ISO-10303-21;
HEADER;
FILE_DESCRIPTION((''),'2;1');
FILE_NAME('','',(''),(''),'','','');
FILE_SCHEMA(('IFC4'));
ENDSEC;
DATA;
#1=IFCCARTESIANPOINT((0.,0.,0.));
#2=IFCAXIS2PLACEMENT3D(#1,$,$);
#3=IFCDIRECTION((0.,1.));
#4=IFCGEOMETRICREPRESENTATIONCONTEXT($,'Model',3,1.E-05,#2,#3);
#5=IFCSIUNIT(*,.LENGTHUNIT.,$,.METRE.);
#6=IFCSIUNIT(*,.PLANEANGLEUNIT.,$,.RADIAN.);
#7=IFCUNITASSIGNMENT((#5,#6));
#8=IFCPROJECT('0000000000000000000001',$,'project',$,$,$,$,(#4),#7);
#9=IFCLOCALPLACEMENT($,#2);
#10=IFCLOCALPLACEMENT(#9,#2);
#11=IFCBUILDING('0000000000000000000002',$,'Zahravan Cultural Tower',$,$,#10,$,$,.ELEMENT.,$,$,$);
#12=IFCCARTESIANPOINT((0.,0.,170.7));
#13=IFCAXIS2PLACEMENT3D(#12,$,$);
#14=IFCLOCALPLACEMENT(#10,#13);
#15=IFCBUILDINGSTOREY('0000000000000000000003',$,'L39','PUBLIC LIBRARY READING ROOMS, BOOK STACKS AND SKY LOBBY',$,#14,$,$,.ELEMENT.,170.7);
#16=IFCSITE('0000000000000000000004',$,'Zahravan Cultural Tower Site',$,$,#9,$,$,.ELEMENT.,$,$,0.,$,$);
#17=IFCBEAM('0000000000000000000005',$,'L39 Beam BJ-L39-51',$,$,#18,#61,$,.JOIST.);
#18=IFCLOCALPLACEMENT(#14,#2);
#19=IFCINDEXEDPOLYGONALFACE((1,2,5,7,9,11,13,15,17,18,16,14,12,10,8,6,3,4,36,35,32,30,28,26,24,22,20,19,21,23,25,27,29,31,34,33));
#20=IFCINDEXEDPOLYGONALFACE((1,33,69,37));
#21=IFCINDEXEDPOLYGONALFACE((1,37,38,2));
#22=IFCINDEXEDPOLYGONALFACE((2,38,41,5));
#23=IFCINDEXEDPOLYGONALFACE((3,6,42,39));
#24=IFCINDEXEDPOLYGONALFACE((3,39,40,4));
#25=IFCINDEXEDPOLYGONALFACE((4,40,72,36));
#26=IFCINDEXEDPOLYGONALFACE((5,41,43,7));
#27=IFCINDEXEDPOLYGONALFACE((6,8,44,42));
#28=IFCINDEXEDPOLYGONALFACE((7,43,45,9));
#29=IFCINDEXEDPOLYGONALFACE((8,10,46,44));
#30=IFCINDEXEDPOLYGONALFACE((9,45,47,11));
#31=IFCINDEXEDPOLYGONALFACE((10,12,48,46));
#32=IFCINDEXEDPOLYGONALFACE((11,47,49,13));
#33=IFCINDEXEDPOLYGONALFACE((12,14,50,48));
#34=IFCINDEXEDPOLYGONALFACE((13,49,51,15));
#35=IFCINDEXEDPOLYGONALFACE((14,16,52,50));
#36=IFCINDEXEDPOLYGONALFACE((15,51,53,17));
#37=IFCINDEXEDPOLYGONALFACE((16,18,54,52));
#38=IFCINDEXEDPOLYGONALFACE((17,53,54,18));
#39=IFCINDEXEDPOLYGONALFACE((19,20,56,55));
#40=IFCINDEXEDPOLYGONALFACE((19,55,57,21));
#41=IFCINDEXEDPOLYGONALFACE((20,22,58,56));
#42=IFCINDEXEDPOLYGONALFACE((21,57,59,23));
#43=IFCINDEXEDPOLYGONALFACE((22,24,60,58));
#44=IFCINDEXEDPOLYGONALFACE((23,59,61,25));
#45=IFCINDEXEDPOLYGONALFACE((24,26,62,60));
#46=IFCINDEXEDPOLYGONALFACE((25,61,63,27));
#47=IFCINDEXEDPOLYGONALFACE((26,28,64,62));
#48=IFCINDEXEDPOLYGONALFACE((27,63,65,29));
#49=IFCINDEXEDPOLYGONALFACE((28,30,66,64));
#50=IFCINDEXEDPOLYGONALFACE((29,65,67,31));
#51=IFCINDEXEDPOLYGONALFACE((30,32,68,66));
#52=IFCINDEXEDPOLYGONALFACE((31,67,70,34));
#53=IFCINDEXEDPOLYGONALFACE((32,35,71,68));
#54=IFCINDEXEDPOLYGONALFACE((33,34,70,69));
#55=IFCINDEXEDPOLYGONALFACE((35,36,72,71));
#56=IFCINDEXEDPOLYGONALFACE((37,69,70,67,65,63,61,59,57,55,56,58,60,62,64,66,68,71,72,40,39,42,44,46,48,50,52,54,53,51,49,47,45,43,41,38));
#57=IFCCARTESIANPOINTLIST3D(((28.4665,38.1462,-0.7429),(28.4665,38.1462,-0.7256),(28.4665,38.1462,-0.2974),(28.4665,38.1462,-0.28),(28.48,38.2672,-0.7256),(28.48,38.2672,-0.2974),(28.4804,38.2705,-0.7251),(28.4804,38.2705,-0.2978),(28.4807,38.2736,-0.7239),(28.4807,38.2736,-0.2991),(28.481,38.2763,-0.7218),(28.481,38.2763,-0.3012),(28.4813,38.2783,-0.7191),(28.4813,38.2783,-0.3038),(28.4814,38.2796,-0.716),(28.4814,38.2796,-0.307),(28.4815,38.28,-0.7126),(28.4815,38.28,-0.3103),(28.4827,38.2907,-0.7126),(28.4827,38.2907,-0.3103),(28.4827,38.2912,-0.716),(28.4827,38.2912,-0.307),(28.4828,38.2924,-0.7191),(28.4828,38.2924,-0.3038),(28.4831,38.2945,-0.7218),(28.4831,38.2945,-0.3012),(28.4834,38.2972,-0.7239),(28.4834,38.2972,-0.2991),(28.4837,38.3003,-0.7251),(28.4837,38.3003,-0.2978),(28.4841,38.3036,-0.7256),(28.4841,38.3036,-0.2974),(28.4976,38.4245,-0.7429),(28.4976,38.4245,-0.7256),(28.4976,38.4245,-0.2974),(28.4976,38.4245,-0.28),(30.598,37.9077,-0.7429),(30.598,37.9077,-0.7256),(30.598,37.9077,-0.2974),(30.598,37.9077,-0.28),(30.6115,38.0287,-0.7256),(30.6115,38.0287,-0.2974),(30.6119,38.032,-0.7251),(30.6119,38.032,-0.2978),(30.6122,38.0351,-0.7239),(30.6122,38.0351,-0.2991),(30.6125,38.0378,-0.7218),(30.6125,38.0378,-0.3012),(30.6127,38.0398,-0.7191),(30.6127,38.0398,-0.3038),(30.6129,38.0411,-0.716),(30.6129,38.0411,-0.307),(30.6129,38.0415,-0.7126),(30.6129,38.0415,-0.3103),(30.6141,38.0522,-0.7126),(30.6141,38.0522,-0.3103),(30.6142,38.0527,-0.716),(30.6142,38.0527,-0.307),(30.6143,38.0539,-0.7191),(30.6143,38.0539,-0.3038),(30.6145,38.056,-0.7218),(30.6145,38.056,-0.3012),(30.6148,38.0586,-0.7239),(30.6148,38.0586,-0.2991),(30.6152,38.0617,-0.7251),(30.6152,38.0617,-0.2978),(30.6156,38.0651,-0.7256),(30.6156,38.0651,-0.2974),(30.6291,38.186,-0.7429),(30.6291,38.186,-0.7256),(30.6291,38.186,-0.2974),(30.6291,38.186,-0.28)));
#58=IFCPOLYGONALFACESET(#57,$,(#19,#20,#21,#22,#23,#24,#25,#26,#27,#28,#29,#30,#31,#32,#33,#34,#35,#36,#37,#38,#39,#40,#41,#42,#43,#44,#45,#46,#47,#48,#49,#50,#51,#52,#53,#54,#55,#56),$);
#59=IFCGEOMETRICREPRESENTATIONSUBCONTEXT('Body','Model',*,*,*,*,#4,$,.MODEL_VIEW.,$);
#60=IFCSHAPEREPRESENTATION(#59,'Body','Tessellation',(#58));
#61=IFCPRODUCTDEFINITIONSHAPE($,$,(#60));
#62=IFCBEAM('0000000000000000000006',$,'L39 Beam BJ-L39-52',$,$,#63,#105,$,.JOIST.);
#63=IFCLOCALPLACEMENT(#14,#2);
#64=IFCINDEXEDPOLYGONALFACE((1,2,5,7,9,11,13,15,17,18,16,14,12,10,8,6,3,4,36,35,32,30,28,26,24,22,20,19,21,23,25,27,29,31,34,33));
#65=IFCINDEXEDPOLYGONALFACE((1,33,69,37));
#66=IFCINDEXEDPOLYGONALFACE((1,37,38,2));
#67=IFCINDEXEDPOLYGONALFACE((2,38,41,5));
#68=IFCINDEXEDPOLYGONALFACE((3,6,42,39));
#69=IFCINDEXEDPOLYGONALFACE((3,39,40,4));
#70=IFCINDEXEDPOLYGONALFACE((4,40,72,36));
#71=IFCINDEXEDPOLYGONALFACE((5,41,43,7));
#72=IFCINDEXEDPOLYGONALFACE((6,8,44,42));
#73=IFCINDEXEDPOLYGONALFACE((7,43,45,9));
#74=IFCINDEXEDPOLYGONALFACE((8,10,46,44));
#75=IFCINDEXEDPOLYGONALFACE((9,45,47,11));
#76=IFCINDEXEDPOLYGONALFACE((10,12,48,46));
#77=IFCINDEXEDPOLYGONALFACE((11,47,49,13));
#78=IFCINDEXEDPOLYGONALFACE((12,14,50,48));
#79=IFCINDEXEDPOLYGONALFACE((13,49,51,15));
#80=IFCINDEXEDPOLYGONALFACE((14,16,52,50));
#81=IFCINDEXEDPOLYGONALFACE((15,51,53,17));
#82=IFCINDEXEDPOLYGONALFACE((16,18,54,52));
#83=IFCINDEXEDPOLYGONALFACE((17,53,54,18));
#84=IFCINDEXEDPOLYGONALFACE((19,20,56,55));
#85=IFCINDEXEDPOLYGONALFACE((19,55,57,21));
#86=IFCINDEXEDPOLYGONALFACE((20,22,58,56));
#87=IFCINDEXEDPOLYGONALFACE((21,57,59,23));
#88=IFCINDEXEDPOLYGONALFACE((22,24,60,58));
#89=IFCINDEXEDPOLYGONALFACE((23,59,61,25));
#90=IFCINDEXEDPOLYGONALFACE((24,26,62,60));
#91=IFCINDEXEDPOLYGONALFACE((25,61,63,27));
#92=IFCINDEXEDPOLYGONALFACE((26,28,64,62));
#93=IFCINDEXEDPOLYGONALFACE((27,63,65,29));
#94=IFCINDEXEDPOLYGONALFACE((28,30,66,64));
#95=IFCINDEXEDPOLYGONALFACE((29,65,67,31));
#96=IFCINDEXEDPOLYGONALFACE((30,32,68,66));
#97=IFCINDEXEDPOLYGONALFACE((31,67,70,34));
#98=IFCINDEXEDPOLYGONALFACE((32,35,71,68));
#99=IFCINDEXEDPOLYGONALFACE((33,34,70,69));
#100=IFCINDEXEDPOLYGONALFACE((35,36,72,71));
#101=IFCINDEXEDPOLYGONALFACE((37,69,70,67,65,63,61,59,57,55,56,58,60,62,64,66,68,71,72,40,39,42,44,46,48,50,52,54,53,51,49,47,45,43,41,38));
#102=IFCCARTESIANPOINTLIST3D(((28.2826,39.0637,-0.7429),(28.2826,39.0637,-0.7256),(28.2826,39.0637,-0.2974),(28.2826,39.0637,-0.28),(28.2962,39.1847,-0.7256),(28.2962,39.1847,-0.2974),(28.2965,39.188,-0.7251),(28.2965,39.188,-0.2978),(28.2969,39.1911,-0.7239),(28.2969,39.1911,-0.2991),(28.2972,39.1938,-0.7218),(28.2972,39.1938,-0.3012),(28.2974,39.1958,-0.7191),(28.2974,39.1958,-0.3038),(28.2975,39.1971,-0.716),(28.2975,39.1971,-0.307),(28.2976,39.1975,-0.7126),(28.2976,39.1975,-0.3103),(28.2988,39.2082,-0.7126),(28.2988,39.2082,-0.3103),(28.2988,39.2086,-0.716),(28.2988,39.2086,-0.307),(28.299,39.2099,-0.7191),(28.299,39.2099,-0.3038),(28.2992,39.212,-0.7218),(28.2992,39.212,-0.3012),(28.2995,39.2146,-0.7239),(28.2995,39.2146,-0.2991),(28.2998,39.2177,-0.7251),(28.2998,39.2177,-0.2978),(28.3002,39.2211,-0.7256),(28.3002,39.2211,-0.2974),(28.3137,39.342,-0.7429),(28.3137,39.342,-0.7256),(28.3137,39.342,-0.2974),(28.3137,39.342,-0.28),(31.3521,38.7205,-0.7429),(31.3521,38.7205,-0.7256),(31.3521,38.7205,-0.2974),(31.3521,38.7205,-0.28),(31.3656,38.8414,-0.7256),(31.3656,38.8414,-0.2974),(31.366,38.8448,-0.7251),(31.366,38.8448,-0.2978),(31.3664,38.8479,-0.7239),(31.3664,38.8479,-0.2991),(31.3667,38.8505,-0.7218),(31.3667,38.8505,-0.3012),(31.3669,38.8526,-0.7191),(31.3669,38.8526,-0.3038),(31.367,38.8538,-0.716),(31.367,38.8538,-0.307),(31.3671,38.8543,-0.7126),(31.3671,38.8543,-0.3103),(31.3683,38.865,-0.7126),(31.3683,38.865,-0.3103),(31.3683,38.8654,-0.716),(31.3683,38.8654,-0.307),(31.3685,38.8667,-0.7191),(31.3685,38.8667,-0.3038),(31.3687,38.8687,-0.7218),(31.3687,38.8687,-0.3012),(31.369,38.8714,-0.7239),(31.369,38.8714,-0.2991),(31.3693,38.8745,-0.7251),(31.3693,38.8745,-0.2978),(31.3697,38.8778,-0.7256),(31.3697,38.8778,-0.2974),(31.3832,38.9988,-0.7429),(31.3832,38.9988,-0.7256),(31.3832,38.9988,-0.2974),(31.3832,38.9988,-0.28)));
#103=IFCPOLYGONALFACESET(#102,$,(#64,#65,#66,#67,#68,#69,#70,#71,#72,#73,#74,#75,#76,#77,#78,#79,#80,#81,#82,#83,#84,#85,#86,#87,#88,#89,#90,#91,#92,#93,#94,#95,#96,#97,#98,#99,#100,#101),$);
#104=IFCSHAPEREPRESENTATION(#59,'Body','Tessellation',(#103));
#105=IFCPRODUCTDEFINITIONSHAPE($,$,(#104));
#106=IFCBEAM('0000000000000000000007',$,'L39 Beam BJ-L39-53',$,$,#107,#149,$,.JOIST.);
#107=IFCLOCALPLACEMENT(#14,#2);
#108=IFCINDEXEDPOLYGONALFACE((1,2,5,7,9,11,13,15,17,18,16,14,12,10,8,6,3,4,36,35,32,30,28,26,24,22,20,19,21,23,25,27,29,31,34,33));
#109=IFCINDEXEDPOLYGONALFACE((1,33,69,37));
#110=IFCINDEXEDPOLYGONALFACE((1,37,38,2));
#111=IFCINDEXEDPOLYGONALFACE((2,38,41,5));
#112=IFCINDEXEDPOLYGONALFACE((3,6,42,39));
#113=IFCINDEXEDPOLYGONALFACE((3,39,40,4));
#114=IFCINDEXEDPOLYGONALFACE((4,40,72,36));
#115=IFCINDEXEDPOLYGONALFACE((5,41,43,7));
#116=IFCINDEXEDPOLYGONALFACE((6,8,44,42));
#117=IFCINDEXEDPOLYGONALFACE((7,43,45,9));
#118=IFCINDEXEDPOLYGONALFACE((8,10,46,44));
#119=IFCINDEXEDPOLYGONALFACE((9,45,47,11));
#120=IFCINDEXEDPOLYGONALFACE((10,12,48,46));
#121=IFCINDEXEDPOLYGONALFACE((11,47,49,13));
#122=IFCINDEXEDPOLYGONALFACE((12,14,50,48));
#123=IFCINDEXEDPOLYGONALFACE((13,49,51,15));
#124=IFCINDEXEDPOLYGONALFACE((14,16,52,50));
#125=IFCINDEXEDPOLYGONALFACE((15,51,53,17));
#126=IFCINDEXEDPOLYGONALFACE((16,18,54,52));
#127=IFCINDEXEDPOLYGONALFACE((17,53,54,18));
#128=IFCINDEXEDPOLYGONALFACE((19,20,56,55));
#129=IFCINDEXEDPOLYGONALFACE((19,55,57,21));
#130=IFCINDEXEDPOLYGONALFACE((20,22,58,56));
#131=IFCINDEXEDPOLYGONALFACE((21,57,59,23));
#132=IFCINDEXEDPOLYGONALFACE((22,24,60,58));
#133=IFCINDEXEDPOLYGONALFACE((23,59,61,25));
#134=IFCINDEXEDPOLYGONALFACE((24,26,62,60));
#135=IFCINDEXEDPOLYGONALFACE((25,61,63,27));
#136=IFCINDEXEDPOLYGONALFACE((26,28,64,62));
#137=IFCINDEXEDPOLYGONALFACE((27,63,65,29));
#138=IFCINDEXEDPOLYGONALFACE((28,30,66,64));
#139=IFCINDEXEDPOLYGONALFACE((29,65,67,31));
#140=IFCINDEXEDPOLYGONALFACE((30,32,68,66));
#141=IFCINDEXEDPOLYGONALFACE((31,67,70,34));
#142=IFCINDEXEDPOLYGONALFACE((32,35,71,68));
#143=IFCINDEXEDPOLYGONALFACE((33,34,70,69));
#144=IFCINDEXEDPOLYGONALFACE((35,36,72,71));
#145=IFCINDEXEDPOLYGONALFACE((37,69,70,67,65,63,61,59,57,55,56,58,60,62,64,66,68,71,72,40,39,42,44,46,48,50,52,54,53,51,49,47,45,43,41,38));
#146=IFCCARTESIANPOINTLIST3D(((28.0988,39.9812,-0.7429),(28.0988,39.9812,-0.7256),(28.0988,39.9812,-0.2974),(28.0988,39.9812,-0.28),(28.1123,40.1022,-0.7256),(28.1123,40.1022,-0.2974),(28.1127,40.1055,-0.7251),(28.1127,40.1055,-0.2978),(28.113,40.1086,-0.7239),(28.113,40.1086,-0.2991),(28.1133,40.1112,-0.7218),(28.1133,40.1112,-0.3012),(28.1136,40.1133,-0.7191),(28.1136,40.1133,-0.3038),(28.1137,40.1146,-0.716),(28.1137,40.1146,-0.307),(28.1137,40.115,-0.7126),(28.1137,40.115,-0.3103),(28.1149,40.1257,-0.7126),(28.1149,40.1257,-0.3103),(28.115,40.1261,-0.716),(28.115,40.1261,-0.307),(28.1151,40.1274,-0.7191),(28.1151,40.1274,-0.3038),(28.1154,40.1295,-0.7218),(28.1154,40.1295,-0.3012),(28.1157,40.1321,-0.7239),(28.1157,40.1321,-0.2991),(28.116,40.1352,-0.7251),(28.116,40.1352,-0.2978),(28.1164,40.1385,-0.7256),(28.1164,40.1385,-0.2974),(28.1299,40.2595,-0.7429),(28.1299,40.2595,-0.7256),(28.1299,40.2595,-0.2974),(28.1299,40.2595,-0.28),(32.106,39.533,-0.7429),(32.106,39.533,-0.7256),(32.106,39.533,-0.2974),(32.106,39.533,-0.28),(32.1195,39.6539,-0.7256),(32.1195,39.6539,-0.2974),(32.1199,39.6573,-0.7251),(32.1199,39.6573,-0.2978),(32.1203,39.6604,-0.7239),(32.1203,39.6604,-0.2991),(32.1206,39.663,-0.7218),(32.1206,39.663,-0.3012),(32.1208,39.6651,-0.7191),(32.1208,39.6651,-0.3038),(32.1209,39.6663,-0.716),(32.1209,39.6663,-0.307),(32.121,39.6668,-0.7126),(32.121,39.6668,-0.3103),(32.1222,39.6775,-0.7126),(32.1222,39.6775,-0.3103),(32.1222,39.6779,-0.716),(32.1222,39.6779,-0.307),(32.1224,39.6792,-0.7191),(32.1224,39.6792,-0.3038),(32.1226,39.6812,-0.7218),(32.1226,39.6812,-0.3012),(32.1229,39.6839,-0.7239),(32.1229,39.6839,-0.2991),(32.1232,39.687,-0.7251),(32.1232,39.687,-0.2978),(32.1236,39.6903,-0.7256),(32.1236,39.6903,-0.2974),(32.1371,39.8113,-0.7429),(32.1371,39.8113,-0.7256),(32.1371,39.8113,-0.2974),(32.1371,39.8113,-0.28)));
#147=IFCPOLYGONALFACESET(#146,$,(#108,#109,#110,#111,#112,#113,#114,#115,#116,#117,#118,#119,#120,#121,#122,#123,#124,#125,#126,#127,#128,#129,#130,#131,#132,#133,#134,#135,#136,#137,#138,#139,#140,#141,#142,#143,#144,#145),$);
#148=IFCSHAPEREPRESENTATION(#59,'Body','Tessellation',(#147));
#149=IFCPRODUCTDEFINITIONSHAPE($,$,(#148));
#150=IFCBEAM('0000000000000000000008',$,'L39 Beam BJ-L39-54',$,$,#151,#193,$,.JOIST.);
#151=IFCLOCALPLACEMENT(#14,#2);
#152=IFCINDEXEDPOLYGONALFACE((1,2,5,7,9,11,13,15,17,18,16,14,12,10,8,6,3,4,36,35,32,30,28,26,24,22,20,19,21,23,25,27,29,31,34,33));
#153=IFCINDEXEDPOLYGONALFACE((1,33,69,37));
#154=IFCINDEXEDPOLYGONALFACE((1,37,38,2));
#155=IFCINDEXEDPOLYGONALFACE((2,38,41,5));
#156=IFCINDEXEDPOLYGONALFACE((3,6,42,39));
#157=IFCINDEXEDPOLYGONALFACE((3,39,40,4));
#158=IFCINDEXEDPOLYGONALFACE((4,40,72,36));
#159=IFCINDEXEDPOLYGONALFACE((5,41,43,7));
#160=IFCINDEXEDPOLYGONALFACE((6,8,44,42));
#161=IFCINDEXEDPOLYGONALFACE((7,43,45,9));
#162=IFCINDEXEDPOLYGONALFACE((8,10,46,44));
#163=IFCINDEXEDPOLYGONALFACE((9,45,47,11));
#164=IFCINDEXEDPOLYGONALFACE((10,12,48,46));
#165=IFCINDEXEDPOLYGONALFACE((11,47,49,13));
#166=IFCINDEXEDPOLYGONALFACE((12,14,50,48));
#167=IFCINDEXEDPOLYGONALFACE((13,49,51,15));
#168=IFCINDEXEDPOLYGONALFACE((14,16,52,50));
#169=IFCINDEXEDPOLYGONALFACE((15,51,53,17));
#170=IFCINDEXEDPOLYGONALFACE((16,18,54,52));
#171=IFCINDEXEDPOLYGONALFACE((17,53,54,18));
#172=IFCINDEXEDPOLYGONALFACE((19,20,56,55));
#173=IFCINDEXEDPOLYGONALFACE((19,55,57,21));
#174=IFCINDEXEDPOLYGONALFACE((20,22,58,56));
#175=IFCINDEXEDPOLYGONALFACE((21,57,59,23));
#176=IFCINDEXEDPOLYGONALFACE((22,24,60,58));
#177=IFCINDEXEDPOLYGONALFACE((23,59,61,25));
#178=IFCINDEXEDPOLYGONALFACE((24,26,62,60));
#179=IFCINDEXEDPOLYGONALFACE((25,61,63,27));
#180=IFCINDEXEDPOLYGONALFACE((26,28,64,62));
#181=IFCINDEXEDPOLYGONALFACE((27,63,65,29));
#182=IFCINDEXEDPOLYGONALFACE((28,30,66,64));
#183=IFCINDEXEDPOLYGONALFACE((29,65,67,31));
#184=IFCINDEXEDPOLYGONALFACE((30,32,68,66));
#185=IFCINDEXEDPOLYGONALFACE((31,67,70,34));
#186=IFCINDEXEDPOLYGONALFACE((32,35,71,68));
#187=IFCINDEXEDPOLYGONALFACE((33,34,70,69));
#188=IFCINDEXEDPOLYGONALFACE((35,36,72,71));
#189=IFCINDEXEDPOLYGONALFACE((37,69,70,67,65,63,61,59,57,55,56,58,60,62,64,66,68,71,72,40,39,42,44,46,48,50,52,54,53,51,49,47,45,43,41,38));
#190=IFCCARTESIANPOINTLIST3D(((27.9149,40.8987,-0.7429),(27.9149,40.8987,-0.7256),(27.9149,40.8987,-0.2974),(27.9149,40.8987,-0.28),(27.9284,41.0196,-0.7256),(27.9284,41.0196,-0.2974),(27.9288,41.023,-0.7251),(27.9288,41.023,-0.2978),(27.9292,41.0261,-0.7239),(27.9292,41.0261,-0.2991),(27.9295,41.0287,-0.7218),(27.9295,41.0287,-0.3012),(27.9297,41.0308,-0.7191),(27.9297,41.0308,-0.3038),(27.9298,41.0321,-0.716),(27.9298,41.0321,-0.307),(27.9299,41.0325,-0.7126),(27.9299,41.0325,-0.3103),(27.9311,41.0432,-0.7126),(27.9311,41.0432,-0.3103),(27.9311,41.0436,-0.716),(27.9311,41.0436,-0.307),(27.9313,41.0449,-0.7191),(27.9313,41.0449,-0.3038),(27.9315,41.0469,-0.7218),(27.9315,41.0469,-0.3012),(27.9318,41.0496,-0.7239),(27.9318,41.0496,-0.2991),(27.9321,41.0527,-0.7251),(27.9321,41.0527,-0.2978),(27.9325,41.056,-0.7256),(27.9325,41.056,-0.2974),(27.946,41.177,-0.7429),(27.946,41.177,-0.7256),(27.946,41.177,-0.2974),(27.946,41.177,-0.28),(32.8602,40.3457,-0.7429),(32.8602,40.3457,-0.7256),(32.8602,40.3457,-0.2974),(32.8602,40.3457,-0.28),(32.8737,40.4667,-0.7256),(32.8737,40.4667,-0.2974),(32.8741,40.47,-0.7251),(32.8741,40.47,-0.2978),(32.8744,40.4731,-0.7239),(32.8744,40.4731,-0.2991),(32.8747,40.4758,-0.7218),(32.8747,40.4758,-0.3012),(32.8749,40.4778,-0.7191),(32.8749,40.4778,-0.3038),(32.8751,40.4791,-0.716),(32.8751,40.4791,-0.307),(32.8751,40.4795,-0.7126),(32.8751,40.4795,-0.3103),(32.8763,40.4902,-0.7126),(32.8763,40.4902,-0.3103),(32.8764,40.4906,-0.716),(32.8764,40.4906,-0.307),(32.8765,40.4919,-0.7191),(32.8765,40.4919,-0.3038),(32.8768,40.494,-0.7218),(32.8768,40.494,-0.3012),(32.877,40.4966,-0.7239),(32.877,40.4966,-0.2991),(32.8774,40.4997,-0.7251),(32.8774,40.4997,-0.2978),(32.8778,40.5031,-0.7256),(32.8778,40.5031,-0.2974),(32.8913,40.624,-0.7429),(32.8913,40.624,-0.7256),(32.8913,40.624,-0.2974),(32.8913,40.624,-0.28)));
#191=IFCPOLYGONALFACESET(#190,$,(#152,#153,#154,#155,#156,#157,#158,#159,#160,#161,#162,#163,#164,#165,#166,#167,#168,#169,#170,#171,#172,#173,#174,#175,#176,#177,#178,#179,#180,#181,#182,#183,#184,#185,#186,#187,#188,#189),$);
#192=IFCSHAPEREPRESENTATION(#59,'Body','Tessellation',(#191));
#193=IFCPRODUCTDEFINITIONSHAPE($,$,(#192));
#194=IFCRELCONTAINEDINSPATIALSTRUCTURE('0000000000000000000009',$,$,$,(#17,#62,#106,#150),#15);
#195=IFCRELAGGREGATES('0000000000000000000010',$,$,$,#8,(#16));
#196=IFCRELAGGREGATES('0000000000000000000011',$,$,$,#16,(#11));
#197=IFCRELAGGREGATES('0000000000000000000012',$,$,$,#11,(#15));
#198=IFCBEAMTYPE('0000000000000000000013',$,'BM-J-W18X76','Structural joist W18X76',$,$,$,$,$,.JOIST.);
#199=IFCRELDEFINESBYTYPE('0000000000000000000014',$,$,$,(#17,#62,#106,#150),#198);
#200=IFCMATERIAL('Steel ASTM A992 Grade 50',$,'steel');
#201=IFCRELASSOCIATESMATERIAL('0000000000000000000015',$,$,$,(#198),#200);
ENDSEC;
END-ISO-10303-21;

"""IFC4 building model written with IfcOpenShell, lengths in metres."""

from ifc_helpers import new_model, si_unit, direction, frame, origin, origin_2d, place, context, subcontext, project, spatial, i_section, extrude, source, transform, mapped, material, material_profile, profile_set, type_object, element, save


model = new_model("IFC4")

# Units and contexts
model_context = context("Model", 3, precision=1e-05, world=origin(), true_north=direction((0.0, 1.0)))
body_context = subcontext(model_context, "Body", "Model", "MODEL_VIEW")
ifc_project = project(units=[si_unit("LENGTHUNIT", "METRE"), si_unit("PLANEANGLEUNIT", "RADIAN")], contexts=[model_context])

# Site, building, storey
site_placement = place(None, origin())
site = spatial("IfcSite", under=ifc_project, at=site_placement, Name="Zahravan Cultural Tower Site", CompositionType="ELEMENT", RefElevation=0.0)
building_placement = place(site_placement, origin())
building = spatial("IfcBuilding", under=site, at=building_placement, Name="Zahravan Cultural Tower", CompositionType="ELEMENT")
storey_placement = place(building_placement, frame((0.0, 0.0, 170.7)))
storey = spatial("IfcBuildingStorey", under=building, at=storey_placement, Name="L39", Description="PUBLIC LIBRARY READING ROOMS, BOOK STACKS AND SKY LOBBY", CompositionType="ELEMENT", Elevation=170.7)

# Shared definitions
ifc_material_1 = material(Name="Steel ASTM A992 Grade 50", Category="steel")

# Beams
ifc_material_profile_1 = material_profile(ifc_material_1, i_section(OverallWidth=0.28, OverallDepth=0.4629, WebThickness=0.0107, FlangeThickness=0.0173, FilletRadius=0.0129, at=origin_2d()), Name="W18X76")
ifc_profile_set_1 = profile_set([ifc_material_profile_1], Name="Steel ASTM A992 Grade 50")
beam_type_1 = type_object("IfcBeamType", Name="BM-J-W18X76", Description="Structural joist W18X76", PredefinedType="JOIST", material=ifc_profile_set_1)
shared_shape_1 = source(origin(), body_context, "Body", "SweptSolid", [
    extrude(i_section(OverallWidth=0.28, OverallDepth=0.4629, WebThickness=0.0107, FlangeThickness=0.0173, FilletRadius=0.0129, at=origin_2d()), origin(), (0.0, 0.0, 1.0), 2.1448),
])
beam_1_placement = place(storey_placement, frame((30.6135, 38.0469, -0.5115), z_axis=(-0.993797, 0.111206, 0.0), x_axis=(-0.111206, -0.993797, 0.0)))
element("IfcBeam", 1, at=beam_1_placement, inside=storey, type_object=beam_type_1, Name="L39 Beam BJ-L39-51", PredefinedType="JOIST", context=body_context, shape_type="MappedRepresentation", body=[
    mapped(shared_shape_1, transform((0.0, 0.0, 0.0), x_axis=(1.0, 0.0, 0.0), y_axis=(0.0, 1.0, 0.0), z_axis=(0.0, 0.0, 1.0), scale=1.0)),
])
shared_shape_2 = source(origin(), body_context, "Body", "SweptSolid", [
    extrude(i_section(OverallWidth=0.28, OverallDepth=0.4629, WebThickness=0.0107, FlangeThickness=0.0173, FilletRadius=0.0129, at=origin_2d()), origin(), (0.0, 0.0, 1.0), 3.0886),
])
beam_2_placement = place(storey_placement, frame((31.3677, 38.8596, -0.5115), z_axis=(-0.993805, 0.111134, 0.0), x_axis=(-0.111134, -0.993805, 0.0)))
element("IfcBeam", 2, at=beam_2_placement, inside=storey, type_object=beam_type_1, Name="L39 Beam BJ-L39-52", PredefinedType="JOIST", context=body_context, shape_type="MappedRepresentation", body=[
    mapped(shared_shape_2, transform((0.0, 0.0, 0.0), x_axis=(1.0, 0.0, 0.0), y_axis=(0.0, 1.0, 0.0), z_axis=(0.0, 0.0, 1.0), scale=1.0)),
])
shared_shape_3 = source(origin(), body_context, "Body", "SweptSolid", [
    extrude(i_section(OverallWidth=0.28, OverallDepth=0.4629, WebThickness=0.0107, FlangeThickness=0.0173, FilletRadius=0.0129, at=origin_2d()), origin(), (0.0, 0.0, 1.0), 4.0322),
])
beam_3_placement = place(storey_placement, frame((32.1216, 39.6721, -0.5115), z_axis=(-0.993802, 0.111162, 0.0), x_axis=(-0.111162, -0.993802, 0.0)))
element("IfcBeam", 3, at=beam_3_placement, inside=storey, type_object=beam_type_1, Name="L39 Beam BJ-L39-53", PredefinedType="JOIST", context=body_context, shape_type="MappedRepresentation", body=[
    mapped(shared_shape_3, transform((0.0, 0.0, 0.0), x_axis=(1.0, 0.0, 0.0), y_axis=(0.0, 1.0, 0.0), z_axis=(0.0, 0.0, 1.0), scale=1.0)),
])
shared_shape_4 = source(origin(), body_context, "Body", "SweptSolid", [
    extrude(i_section(OverallWidth=0.28, OverallDepth=0.4629, WebThickness=0.0107, FlangeThickness=0.0173, FilletRadius=0.0129, at=origin_2d()), origin(), (0.0, 0.0, 1.0), 4.9761),
])
beam_4_placement = place(storey_placement, frame((32.8757, 40.4849, -0.5115), z_axis=(-0.993806, 0.111126, 0.0), x_axis=(-0.111126, -0.993806, 0.0)))
element("IfcBeam", 4, at=beam_4_placement, inside=storey, type_object=beam_type_1, Name="L39 Beam BJ-L39-54", PredefinedType="JOIST", context=body_context, shape_type="MappedRepresentation", body=[
    mapped(shared_shape_4, transform((0.0, 0.0, 0.0), x_axis=(1.0, 0.0, 0.0), y_axis=(0.0, 1.0, 0.0), z_axis=(0.0, 0.0, 1.0), scale=1.0)),
])

save(model, "model.ifc")
